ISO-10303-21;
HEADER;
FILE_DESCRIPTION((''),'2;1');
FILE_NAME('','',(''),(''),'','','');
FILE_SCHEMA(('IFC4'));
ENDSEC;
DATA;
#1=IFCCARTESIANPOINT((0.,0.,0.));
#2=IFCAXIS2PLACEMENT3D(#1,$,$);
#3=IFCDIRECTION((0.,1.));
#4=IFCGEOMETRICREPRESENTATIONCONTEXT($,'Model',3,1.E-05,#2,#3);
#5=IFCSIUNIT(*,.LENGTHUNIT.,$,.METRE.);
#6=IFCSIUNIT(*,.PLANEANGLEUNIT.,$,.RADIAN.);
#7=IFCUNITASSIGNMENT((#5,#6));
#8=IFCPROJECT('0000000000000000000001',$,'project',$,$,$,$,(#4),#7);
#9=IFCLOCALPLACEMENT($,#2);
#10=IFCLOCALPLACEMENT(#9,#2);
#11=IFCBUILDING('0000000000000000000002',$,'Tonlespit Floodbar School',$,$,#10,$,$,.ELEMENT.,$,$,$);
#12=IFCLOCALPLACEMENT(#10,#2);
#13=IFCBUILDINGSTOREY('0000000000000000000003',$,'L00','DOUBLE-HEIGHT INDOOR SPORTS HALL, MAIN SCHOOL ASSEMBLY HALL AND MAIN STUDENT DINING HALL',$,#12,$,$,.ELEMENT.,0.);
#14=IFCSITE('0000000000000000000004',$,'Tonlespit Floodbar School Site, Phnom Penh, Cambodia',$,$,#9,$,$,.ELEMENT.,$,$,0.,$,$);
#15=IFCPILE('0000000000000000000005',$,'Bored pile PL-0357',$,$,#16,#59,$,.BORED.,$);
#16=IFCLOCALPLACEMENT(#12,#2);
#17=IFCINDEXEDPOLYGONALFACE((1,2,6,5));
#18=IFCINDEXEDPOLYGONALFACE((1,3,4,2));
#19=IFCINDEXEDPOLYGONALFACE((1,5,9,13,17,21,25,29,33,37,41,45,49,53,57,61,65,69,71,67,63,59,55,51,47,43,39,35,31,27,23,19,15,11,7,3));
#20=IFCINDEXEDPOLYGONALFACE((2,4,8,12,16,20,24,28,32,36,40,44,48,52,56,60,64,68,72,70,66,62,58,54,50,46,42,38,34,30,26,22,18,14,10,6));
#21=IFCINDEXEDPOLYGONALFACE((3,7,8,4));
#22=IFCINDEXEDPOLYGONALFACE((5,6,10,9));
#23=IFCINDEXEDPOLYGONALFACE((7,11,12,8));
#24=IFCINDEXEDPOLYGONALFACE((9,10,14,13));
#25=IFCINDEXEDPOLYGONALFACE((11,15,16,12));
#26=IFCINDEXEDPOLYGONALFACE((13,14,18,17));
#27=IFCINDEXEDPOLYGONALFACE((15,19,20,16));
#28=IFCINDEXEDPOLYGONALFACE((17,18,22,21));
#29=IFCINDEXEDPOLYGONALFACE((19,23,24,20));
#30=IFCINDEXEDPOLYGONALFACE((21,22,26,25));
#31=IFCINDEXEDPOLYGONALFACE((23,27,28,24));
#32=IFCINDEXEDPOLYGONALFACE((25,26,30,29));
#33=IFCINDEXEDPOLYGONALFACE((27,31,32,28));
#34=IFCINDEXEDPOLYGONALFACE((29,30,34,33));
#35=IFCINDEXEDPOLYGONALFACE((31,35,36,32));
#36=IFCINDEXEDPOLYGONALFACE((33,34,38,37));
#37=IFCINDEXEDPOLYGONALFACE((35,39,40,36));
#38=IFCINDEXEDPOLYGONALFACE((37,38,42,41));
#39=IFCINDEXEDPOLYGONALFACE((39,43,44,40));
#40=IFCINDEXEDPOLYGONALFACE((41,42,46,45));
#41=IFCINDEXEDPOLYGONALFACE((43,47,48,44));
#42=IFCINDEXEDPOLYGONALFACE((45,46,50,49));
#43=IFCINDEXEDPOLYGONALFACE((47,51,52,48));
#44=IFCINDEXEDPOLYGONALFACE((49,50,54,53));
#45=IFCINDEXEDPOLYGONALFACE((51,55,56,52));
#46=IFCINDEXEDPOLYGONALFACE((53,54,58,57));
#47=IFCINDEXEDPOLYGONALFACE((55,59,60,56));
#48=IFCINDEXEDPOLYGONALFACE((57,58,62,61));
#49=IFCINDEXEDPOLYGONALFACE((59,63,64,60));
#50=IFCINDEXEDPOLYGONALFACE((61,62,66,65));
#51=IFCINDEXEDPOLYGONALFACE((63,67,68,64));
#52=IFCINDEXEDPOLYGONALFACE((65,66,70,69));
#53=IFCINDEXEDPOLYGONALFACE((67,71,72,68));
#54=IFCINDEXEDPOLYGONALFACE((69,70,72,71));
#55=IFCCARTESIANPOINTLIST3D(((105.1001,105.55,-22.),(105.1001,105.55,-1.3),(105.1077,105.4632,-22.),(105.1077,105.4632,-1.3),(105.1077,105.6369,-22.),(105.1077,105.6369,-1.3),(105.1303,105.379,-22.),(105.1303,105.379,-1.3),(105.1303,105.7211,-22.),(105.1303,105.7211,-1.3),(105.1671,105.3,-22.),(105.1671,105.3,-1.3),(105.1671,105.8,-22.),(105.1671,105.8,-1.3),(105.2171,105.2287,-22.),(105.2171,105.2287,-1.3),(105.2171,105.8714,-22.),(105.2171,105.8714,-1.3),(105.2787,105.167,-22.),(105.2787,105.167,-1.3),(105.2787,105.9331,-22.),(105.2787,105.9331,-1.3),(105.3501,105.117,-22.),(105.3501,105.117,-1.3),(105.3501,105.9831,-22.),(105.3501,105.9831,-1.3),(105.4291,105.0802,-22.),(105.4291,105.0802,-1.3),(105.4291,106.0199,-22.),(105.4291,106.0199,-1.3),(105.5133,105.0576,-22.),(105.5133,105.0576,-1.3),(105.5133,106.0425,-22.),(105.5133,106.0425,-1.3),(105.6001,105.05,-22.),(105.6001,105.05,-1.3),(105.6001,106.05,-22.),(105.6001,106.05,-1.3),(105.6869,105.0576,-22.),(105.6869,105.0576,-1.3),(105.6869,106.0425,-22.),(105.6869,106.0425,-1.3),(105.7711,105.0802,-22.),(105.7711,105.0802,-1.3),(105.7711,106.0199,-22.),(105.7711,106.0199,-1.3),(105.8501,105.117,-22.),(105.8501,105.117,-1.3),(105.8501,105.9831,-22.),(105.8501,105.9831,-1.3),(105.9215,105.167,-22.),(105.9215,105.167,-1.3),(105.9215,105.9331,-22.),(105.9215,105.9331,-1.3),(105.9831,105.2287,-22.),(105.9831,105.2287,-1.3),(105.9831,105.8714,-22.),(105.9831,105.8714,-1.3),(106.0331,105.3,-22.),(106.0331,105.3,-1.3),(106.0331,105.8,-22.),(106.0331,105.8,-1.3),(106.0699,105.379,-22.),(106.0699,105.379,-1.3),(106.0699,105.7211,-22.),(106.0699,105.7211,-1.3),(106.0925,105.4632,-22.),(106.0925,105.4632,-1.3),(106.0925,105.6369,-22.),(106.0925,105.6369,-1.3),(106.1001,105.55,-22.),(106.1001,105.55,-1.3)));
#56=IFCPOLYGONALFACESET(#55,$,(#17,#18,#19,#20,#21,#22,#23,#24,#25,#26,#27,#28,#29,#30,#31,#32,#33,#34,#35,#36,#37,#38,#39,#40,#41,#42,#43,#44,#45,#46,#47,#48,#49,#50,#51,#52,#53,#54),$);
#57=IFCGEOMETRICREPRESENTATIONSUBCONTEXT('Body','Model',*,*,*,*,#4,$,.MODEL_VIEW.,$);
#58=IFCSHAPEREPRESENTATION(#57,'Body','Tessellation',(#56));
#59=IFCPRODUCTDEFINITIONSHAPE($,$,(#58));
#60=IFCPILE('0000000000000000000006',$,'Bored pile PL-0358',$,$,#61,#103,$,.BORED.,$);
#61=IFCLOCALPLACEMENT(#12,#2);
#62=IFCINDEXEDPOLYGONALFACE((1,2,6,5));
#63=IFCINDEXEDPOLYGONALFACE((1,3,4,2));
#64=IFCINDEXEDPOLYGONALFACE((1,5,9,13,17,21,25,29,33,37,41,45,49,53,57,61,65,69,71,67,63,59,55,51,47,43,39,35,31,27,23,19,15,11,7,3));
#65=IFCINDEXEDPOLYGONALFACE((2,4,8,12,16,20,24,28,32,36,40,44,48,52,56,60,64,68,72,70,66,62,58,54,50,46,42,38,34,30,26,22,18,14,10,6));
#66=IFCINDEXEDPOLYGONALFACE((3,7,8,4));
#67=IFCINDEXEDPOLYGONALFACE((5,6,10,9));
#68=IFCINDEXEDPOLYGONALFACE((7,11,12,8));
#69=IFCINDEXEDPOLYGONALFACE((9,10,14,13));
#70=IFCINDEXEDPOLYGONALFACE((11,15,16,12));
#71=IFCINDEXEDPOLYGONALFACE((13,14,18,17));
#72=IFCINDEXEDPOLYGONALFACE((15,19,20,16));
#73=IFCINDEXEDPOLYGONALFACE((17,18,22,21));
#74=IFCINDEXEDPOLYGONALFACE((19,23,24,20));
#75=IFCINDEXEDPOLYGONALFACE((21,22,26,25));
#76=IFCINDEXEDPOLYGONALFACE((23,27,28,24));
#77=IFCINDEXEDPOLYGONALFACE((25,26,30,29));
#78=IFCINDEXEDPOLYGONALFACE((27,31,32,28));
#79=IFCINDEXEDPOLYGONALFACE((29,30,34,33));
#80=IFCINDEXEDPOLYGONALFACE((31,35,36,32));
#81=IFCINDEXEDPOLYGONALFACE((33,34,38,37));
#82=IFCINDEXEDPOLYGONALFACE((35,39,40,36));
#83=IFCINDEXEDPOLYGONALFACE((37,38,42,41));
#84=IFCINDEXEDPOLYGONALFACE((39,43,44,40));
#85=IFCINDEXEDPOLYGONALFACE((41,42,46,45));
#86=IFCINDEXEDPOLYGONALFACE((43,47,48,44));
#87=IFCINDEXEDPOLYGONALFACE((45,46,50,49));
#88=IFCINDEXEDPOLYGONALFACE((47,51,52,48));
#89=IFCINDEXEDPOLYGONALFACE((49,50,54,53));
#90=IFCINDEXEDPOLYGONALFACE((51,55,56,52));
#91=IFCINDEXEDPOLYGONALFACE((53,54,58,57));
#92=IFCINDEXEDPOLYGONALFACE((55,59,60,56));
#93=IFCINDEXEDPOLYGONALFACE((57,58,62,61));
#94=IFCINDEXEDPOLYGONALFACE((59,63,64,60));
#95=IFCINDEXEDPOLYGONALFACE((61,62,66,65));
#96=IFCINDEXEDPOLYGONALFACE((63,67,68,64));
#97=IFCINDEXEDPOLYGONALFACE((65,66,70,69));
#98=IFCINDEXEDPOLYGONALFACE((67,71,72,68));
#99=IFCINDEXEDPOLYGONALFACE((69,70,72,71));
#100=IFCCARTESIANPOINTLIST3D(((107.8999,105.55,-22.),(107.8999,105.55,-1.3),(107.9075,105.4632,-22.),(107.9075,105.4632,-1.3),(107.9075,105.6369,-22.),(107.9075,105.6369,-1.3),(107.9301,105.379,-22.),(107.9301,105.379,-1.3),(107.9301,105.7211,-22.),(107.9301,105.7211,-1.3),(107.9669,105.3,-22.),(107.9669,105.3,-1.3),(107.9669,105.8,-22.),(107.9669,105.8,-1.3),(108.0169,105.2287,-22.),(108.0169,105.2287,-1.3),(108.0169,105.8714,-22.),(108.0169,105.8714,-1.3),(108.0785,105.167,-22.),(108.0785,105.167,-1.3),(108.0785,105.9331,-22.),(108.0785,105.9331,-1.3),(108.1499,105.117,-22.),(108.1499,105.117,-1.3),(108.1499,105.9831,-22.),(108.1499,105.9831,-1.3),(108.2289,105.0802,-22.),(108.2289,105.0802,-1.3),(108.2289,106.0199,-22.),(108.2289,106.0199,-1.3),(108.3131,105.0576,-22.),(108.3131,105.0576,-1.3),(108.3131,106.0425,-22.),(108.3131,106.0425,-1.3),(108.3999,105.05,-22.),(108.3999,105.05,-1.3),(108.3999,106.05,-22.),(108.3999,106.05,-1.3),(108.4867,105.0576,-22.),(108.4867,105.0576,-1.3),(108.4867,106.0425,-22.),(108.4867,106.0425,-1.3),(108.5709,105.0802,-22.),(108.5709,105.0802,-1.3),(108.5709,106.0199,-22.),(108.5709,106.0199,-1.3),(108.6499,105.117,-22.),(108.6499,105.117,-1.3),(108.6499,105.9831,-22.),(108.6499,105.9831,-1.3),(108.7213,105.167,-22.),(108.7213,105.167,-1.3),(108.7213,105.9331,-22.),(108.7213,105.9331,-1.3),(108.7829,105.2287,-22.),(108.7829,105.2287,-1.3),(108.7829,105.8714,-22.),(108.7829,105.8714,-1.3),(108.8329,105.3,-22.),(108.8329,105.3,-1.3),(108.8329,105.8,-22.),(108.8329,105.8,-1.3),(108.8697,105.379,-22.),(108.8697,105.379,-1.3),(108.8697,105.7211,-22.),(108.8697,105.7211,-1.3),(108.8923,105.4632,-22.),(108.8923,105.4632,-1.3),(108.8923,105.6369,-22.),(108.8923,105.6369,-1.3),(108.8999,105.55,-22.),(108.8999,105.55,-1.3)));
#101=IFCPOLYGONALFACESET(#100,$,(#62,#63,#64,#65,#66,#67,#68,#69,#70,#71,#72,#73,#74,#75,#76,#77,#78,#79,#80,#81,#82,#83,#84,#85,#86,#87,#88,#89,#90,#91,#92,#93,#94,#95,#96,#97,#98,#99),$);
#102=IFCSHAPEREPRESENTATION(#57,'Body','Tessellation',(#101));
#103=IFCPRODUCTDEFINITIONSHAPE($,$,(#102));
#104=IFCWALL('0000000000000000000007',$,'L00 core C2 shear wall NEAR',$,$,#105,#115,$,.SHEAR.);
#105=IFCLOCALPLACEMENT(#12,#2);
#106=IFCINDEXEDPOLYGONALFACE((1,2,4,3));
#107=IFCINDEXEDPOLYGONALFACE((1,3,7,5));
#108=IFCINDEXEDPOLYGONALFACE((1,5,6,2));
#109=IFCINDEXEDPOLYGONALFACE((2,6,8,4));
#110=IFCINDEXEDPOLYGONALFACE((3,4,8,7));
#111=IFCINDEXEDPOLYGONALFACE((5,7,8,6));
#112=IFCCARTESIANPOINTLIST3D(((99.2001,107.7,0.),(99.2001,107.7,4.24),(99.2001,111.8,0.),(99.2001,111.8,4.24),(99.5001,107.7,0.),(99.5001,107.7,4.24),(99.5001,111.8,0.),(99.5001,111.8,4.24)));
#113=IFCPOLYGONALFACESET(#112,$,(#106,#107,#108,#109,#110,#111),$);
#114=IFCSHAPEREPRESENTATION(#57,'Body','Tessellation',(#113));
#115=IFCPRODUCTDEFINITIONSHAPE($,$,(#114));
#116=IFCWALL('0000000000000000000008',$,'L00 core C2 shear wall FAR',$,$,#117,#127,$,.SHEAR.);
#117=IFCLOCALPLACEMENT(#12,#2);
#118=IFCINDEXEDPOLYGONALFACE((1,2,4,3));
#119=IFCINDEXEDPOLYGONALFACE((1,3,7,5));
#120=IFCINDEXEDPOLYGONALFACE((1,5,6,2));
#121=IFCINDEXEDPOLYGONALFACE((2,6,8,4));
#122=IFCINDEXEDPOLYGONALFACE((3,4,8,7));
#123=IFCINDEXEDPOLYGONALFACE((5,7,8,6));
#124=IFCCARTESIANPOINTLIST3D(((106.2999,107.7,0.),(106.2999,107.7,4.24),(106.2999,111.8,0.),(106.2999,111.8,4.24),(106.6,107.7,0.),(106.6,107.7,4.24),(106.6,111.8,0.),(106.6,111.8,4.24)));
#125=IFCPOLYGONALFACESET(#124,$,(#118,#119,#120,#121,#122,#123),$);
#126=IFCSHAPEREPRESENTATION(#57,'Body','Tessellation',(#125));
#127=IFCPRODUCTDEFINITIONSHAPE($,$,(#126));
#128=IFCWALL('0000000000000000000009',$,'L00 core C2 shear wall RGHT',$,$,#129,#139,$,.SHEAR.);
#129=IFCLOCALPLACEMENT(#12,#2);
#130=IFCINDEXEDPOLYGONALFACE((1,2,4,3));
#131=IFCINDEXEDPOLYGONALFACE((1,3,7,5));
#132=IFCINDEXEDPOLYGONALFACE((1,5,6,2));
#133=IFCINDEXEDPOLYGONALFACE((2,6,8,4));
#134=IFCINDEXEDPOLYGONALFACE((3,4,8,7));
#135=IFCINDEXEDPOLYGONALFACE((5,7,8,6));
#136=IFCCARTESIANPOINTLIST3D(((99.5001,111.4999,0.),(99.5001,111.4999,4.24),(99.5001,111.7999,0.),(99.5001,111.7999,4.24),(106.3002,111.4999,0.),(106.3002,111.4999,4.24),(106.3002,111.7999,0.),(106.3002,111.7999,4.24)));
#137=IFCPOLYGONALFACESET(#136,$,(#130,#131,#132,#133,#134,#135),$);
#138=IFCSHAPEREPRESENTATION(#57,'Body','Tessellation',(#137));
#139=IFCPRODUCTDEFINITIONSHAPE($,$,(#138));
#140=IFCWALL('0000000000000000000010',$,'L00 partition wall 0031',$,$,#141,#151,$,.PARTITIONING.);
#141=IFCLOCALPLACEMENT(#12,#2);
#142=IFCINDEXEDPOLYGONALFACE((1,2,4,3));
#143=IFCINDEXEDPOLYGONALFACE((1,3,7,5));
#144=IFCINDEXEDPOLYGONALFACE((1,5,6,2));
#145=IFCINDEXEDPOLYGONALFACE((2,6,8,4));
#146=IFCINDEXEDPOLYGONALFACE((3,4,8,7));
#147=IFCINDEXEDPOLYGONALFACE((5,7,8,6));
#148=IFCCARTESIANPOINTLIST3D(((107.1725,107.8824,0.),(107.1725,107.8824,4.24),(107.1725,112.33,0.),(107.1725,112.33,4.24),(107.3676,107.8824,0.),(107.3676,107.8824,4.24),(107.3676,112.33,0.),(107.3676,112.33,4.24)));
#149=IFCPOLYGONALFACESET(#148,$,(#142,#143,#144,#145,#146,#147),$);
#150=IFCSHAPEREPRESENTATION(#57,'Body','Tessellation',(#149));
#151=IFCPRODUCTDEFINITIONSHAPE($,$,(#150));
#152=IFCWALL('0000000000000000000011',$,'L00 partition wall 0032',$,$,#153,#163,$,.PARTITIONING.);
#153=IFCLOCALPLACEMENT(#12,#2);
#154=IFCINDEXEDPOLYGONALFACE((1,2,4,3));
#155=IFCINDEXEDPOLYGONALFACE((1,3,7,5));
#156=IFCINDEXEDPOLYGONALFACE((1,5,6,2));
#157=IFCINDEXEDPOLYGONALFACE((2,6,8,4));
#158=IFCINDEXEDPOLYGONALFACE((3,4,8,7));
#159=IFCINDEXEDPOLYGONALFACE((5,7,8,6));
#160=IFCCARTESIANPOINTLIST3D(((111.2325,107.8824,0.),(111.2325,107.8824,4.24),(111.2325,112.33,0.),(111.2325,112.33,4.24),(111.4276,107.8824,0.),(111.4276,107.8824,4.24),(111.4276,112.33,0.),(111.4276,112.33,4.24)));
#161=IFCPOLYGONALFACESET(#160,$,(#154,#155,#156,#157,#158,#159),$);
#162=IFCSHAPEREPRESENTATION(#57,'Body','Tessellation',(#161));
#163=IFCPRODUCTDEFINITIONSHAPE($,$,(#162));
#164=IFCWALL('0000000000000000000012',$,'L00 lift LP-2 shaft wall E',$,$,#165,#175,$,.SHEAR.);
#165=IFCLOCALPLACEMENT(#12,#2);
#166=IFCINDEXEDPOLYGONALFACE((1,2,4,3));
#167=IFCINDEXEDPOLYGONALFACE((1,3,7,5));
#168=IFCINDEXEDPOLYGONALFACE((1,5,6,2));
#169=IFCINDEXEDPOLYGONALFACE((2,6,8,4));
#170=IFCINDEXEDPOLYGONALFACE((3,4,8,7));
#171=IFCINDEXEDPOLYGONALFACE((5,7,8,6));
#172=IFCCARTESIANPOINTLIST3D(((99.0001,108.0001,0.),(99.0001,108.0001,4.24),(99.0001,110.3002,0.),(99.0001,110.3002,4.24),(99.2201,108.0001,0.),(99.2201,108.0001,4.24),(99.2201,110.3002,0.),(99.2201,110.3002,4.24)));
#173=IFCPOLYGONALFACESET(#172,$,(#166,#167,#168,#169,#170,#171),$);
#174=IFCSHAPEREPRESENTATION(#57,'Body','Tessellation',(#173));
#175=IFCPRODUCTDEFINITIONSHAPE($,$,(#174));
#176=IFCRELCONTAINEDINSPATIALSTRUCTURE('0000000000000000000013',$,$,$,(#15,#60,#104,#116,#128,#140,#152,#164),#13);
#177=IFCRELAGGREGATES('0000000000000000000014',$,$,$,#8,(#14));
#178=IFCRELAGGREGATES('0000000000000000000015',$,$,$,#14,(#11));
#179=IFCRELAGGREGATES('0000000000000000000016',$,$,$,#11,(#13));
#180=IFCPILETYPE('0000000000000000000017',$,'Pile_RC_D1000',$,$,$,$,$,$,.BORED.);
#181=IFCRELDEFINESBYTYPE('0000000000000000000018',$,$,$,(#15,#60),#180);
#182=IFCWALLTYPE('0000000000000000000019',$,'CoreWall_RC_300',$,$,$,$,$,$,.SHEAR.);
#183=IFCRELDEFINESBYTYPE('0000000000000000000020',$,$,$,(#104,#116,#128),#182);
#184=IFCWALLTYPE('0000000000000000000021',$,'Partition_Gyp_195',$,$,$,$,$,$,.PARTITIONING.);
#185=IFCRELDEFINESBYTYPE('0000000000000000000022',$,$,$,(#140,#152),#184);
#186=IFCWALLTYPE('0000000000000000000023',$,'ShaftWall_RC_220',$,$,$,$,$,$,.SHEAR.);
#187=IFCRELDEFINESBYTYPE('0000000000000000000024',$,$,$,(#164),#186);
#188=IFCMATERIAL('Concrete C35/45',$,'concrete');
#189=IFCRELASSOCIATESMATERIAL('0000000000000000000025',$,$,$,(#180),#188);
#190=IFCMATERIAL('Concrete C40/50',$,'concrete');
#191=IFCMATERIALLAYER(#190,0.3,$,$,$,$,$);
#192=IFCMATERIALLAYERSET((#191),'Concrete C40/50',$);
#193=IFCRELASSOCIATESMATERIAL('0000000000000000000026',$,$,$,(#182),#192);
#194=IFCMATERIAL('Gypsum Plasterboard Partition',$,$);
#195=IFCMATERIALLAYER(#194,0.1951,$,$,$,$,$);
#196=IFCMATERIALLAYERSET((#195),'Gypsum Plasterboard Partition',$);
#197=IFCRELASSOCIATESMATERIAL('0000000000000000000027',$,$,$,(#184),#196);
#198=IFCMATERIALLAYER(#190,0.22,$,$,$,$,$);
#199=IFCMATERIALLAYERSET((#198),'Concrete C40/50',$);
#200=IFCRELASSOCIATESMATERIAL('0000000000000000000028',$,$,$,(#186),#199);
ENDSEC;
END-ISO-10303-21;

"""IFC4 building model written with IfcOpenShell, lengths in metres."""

from ifc_helpers import new_model, si_unit, direction, frame, frame_2d, origin, origin_2d, place, context, subcontext, project, spatial, rectangle, circle, extrude, material, layer, layer_set, material_profile, profile_set, type_object, element, save


model = new_model("IFC4")

# Units and contexts
model_context = context("Model", 3, precision=1e-05, world=origin(), true_north=direction((0.0, 1.0)))
body_context = subcontext(model_context, "Body", "Model", "MODEL_VIEW")
ifc_project = project(units=[si_unit("LENGTHUNIT", "METRE"), si_unit("PLANEANGLEUNIT", "RADIAN")], contexts=[model_context])

# Site, building, storey
site_placement = place(None, origin())
site = spatial("IfcSite", under=ifc_project, at=site_placement, Name="Tonlespit Floodbar School Site, Phnom Penh, Cambodia", CompositionType="ELEMENT", RefElevation=0.0)
building_placement = place(site_placement, origin())
building = spatial("IfcBuilding", under=site, at=building_placement, Name="Tonlespit Floodbar School", CompositionType="ELEMENT")
storey_placement = place(building_placement, origin())
storey = spatial("IfcBuildingStorey", under=building, at=storey_placement, Name="L00", Description="DOUBLE-HEIGHT INDOOR SPORTS HALL, MAIN SCHOOL ASSEMBLY HALL AND MAIN STUDENT DINING HALL", CompositionType="ELEMENT", Elevation=0.0)

# Shared definitions
ifc_material_1 = material(Name="Concrete C40/50", Category="concrete")

# Piles
ifc_material_2 = material(Name="Concrete C35/45", Category="concrete")
ifc_material_profile = material_profile(ifc_material_2, circle(Radius=0.5, at=origin_2d()), Name="BP D1000")
ifc_profile_set = profile_set([ifc_material_profile], Name="Concrete C35/45")
pile_type = type_object("IfcPileType", Name="Pile_RC_D1000", PredefinedType="BORED", material=ifc_profile_set)
for number, where, z_axis, x_axis, name in (
    (1, (105.6001, 105.55, -1.3), (0.0, 0.0, -1.0), (1.0, 0.0, 0.0), "Bored pile PL-0357"),
    (2, (108.3999, 105.55, -1.3), (0.0, 0.0, -1.0), (1.0, 0.0, 0.0), "Bored pile PL-0358"),
):
    element("IfcPile", number, at=place(storey_placement, frame(where, z_axis=z_axis, x_axis=x_axis)), inside=storey, type_object=pile_type, Name=name, PredefinedType="BORED", context=body_context, shape_type="SweptSolid", body=[
        extrude(circle(Radius=0.5, at=origin_2d()), origin(), (0.0, 0.0, 1.0), 20.7),
    ])

# Walls
ifc_layer_1 = layer(ifc_material_1, 0.3)
ifc_layer_set_1 = layer_set([ifc_layer_1], Name="Concrete C40/50")
wall_type_1 = type_object("IfcWallType", Name="CoreWall_RC_300", PredefinedType="SHEAR", material=ifc_layer_set_1)
for number, where, z_axis, x_axis, name in (
    (3, (99.3501, 107.7, 0.0), (0.0, 0.0, 1.0), (0.0, 1.0, 0.0), "L00 core C2 shear wall NEAR"),
    (4, (106.45, 111.8, 0.0), (0.0, 0.0, 1.0), (0.0, -1.0, 0.0), "L00 core C2 shear wall FAR"),
):
    element("IfcWall", number, at=place(storey_placement, frame(where, z_axis=z_axis, x_axis=x_axis)), inside=storey, type_object=wall_type_1, Name=name, PredefinedType="SHEAR", context=body_context, shape_type="SweptSolid", body=[
        extrude(rectangle(XDim=4.1001, YDim=0.3, at=frame_2d((2.05, 0.0))), origin(), (0.0, 0.0, 1.0), 4.24),
    ])

# Wall
wall_1_placement = place(storey_placement, frame((106.3, 111.6499, 0.0), z_axis=(0.0, 0.0, 1.0), x_axis=(-1.0, 0.0, 0.0)))
element("IfcWall", 5, at=wall_1_placement, inside=storey, type_object=wall_type_1, Name="L00 core C2 shear wall RGHT", PredefinedType="SHEAR", context=body_context, shape_type="SweptSolid", body=[
    extrude(rectangle(XDim=6.8, YDim=0.3, at=frame_2d((3.3999, 0.0))), origin(), (0.0, 0.0, 1.0), 4.24),
])

# Shared definitions
ifc_material_3 = material(Name="Gypsum Plasterboard Partition")
ifc_layer_2 = layer(ifc_material_3, 0.1951)
ifc_layer_set_2 = layer_set([ifc_layer_2], Name="Gypsum Plasterboard Partition")
wall_type_2 = type_object("IfcWallType", Name="Partition_Gyp_195", PredefinedType="PARTITIONING", material=ifc_layer_set_2)

# Walls
for number, where, z_axis, x_axis, name in (
    (6, (107.27, 107.8826, 0.0), (0.0, 0.0, 1.0), (0.0, 1.0, 0.0), "L00 partition wall 0031"),
    (7, (111.3301, 107.8826, 0.0), (0.0, 0.0, 1.0), (0.0, 1.0, 0.0), "L00 partition wall 0032"),
):
    element("IfcWall", number, at=place(storey_placement, frame(where, z_axis=z_axis, x_axis=x_axis)), inside=storey, type_object=wall_type_2, Name=name, PredefinedType="PARTITIONING", context=body_context, shape_type="SweptSolid", body=[
        extrude(rectangle(XDim=4.4475, YDim=0.1951, at=frame_2d((2.2236, 0.0))), origin(), (0.0, 0.0, 1.0), 4.24),
    ])

# Shared definitions
ifc_layer_3 = layer(ifc_material_1, 0.22)
ifc_layer_set_3 = layer_set([ifc_layer_3], Name="Concrete C40/50")
wall_type_3 = type_object("IfcWallType", Name="ShaftWall_RC_220", PredefinedType="SHEAR", material=ifc_layer_set_3)

# Wall
wall_2_placement = place(storey_placement, frame((99.1101, 110.3, 0.0), z_axis=(0.0, 0.0, 1.0), x_axis=(0.0, -1.0, 0.0)))
element("IfcWall", 8, at=wall_2_placement, inside=storey, type_object=wall_type_3, Name="L00 lift LP-2 shaft wall E", PredefinedType="SHEAR", context=body_context, shape_type="SweptSolid", body=[
    extrude(rectangle(XDim=2.3, YDim=0.22, at=frame_2d((1.1499, 0.0))), origin(), (0.0, 0.0, 1.0), 4.24),
])

save(model, "model.ifc")
